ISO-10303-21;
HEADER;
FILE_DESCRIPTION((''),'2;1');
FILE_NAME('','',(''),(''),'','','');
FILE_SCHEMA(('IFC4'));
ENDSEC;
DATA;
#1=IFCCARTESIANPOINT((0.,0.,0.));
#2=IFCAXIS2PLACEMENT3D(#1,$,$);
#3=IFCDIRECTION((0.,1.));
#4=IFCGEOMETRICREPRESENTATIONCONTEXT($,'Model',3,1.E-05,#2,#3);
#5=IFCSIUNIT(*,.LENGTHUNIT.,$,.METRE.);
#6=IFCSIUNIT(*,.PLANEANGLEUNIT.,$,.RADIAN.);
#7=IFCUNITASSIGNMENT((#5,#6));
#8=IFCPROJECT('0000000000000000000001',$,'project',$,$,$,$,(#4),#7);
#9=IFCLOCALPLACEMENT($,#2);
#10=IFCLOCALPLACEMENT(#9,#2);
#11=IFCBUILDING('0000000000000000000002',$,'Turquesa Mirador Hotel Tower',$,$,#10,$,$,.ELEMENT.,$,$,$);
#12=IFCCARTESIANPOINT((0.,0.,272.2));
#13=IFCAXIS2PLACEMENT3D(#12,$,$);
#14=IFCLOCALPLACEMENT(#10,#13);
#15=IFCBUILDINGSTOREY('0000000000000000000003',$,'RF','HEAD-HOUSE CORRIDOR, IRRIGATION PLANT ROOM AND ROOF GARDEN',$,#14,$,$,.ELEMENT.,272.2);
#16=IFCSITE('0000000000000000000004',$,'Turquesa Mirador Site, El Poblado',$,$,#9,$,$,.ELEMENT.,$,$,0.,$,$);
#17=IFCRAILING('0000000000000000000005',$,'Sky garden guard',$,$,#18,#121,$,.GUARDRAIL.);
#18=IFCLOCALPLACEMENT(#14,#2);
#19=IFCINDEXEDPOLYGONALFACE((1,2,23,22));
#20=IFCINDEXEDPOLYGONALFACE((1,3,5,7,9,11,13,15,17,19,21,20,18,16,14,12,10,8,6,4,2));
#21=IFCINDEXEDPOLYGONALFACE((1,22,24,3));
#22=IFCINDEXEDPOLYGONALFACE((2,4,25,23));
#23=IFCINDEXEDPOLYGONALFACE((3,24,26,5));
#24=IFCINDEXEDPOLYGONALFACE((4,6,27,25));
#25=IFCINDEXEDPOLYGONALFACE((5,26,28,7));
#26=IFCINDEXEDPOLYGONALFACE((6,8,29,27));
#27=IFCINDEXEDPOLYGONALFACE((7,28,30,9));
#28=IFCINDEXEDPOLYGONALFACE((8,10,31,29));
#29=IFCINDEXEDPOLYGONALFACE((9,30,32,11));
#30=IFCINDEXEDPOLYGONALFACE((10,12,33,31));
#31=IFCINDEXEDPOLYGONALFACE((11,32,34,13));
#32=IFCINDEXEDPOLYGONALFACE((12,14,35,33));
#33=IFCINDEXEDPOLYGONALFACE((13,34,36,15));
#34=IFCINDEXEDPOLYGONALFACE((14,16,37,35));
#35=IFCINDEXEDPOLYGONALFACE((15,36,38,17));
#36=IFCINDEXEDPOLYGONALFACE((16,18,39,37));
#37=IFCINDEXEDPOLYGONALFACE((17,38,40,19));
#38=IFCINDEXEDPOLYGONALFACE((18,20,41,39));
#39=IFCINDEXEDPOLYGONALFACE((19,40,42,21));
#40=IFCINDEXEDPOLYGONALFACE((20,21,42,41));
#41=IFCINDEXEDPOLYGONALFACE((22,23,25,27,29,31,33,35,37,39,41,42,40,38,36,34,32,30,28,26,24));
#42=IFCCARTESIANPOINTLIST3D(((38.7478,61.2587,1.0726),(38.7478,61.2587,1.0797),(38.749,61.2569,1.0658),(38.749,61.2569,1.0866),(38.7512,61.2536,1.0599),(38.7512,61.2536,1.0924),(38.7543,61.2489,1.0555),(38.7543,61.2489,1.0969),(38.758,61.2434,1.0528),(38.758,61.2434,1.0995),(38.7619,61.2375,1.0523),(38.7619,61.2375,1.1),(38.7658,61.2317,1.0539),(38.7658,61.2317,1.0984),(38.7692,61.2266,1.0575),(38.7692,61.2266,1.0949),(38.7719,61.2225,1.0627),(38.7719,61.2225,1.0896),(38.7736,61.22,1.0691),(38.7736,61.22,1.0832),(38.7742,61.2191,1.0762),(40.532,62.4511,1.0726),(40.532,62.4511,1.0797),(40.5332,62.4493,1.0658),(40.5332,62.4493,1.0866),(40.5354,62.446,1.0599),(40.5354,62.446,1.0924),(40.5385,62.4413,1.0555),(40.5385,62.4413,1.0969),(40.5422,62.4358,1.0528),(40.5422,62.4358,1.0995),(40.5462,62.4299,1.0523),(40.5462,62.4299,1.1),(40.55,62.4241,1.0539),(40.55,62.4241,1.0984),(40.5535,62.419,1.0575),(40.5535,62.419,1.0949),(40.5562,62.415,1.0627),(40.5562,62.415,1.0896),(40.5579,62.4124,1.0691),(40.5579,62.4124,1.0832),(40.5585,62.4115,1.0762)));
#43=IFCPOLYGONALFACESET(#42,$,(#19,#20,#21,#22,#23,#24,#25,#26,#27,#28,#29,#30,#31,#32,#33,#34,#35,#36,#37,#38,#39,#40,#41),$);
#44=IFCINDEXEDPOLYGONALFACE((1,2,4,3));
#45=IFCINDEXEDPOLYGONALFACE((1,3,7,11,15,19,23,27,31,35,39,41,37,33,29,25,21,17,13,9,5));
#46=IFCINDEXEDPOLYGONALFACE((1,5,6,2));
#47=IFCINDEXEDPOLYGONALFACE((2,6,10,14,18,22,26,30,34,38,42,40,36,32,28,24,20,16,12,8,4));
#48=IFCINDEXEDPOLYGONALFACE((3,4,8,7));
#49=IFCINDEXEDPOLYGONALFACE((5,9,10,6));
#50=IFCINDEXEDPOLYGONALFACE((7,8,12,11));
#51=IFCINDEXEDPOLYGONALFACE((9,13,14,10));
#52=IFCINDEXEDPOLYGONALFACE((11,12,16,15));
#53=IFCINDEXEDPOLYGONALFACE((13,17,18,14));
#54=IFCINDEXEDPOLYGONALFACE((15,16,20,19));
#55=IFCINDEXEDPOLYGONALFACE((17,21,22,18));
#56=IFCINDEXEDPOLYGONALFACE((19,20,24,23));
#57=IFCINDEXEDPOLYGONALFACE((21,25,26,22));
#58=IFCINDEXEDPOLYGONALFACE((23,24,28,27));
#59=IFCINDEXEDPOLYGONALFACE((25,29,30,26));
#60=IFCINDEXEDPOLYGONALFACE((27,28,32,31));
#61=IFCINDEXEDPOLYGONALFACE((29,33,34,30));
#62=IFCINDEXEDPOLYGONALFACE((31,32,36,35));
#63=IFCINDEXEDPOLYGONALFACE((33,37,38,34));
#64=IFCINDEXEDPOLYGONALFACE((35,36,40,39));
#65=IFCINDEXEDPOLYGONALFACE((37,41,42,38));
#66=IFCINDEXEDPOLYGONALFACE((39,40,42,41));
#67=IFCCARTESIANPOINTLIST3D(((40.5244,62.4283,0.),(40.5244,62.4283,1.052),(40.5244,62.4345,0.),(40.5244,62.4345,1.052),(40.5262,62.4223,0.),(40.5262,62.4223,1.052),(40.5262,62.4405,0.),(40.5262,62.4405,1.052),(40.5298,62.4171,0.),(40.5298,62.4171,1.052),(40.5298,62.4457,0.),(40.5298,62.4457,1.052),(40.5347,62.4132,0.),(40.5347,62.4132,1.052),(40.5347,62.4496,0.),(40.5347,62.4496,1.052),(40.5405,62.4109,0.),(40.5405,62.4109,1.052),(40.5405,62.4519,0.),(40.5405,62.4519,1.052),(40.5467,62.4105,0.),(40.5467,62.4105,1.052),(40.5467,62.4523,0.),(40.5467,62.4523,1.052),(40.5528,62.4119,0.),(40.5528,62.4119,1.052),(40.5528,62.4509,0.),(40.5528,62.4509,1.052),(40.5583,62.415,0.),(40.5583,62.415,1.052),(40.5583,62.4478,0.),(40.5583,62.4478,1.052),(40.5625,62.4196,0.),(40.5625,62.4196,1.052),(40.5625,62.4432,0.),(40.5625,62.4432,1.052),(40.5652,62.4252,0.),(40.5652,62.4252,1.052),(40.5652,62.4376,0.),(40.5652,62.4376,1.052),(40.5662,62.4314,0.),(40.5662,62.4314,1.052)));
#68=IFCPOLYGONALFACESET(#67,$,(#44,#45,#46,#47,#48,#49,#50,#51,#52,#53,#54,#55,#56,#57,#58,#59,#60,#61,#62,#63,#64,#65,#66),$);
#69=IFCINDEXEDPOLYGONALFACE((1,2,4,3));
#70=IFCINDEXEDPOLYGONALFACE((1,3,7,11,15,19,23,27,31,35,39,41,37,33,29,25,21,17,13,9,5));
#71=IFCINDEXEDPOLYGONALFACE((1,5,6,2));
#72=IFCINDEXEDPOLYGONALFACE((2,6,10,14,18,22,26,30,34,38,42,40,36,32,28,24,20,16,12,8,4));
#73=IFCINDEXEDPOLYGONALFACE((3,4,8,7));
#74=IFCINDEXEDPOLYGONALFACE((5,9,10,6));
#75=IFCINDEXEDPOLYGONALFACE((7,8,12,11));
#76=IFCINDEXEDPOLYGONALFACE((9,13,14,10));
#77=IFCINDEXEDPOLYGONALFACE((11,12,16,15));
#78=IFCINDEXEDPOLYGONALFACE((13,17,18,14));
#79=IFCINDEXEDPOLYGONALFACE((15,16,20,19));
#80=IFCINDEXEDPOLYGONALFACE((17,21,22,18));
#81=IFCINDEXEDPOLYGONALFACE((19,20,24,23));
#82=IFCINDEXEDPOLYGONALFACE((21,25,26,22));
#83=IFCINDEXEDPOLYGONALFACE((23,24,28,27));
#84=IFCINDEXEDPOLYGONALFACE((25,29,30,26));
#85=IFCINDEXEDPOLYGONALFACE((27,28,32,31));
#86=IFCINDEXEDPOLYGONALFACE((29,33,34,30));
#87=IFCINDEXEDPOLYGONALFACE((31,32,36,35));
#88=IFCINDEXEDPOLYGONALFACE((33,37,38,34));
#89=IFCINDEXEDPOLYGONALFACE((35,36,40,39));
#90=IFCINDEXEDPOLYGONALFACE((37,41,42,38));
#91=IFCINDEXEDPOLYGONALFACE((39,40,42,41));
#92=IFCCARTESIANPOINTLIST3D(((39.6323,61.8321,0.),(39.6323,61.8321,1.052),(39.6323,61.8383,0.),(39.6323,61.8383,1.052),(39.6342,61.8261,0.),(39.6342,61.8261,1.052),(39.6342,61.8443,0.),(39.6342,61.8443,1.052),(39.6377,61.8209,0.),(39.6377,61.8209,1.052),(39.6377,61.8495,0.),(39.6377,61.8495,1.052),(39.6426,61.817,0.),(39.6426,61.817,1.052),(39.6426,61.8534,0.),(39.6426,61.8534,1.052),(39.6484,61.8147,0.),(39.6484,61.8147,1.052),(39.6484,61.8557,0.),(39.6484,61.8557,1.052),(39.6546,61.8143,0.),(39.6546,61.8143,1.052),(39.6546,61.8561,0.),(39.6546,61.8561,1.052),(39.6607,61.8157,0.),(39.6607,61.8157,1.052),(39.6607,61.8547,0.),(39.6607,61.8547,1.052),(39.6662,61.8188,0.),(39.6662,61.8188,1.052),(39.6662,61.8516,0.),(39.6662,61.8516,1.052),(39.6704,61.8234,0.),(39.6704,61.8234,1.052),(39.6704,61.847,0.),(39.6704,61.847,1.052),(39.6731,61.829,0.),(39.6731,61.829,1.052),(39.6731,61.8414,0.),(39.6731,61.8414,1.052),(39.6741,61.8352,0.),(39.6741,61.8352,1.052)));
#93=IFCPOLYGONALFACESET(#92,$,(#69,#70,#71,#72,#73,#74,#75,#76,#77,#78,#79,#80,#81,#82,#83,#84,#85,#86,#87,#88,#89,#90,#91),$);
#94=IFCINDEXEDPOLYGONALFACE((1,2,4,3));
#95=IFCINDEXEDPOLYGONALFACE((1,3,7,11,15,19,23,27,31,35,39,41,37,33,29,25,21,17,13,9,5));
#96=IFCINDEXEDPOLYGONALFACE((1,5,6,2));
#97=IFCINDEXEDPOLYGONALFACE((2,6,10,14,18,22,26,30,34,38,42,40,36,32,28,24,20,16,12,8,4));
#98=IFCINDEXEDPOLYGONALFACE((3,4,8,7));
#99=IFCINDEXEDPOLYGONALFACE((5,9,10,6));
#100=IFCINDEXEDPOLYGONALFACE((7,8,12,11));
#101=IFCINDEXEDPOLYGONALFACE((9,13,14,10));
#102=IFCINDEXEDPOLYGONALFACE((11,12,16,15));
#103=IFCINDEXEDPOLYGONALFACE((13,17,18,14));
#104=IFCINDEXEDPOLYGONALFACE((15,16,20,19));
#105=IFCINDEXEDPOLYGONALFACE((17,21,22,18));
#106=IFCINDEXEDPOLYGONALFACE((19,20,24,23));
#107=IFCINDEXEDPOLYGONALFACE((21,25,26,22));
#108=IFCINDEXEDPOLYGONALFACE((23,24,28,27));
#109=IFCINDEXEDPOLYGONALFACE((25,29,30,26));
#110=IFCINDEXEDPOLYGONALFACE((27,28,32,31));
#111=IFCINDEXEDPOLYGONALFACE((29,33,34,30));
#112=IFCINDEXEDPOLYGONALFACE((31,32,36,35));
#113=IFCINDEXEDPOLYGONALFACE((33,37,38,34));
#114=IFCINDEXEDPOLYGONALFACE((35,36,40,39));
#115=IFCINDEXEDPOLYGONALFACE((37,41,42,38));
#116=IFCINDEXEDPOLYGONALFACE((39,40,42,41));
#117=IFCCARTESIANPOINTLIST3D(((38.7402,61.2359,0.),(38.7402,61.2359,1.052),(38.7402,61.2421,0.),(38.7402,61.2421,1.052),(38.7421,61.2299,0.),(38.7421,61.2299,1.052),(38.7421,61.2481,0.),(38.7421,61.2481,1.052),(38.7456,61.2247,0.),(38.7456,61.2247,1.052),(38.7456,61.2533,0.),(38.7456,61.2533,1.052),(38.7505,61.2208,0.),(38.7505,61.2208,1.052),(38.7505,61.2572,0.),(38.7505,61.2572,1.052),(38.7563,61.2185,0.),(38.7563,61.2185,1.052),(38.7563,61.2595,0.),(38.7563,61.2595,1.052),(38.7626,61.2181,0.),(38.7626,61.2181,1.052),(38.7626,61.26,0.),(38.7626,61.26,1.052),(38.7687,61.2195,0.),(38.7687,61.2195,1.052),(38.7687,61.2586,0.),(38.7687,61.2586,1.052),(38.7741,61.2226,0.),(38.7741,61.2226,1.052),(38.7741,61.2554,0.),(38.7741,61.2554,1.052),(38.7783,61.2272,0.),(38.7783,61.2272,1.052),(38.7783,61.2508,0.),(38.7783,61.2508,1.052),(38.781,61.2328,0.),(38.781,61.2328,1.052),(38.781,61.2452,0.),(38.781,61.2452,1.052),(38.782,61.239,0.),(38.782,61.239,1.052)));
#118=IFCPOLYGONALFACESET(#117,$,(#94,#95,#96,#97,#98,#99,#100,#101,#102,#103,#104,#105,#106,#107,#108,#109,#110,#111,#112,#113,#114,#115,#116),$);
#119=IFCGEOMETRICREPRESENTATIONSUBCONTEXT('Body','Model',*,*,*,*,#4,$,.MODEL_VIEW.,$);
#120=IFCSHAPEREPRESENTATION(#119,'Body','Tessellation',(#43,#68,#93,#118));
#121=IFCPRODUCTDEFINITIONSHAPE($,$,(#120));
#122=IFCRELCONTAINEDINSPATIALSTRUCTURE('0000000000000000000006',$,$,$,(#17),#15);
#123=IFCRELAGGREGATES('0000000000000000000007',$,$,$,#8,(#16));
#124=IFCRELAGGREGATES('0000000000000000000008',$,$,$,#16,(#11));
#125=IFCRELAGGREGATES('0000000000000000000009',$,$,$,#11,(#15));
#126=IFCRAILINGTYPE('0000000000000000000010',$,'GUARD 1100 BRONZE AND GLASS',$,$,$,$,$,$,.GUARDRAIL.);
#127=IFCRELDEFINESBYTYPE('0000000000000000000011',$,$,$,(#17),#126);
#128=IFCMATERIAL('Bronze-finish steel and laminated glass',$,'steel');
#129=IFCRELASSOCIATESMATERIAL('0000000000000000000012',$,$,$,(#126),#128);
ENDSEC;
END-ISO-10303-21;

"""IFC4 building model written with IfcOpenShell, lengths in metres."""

from ifc_helpers import new_model, si_unit, direction, frame, origin, origin_2d, place, context, subcontext, project, spatial, circle, extrude, material, type_object, element, save


model = new_model("IFC4")

# Units and contexts
model_context = context("Model", 3, precision=1e-05, world=origin(), true_north=direction((0.0, 1.0)))
body_context = subcontext(model_context, "Body", "Model", "MODEL_VIEW")
ifc_project = project(units=[si_unit("LENGTHUNIT", "METRE"), si_unit("PLANEANGLEUNIT", "RADIAN")], contexts=[model_context])

# Site, building, storey
site_placement = place(None, origin())
site = spatial("IfcSite", under=ifc_project, at=site_placement, Name="Turquesa Mirador Site, El Poblado", CompositionType="ELEMENT", RefElevation=0.0)
building_placement = place(site_placement, origin())
building = spatial("IfcBuilding", under=site, at=building_placement, Name="Turquesa Mirador Hotel Tower", CompositionType="ELEMENT")
storey_placement = place(building_placement, frame((0.0, 0.0, 272.2)))
storey = spatial("IfcBuildingStorey", under=building, at=storey_placement, Name="RF", Description="HEAD-HOUSE CORRIDOR, IRRIGATION PLANT ROOM AND ROOF GARDEN", CompositionType="ELEMENT", Elevation=272.2)

# Railing
ifc_material_1 = material(Name="Bronze-finish steel and laminated glass", Category="steel")
railing_type = type_object("IfcRailingType", Name="GUARD 1100 BRONZE AND GLASS", PredefinedType="GUARDRAIL", material=ifc_material_1)
railing_1_placement = place(storey_placement, frame((40.5452, 62.4314, 0.0)))
element("IfcRailing", 1, at=railing_1_placement, inside=storey, type_object=railing_type, Name="Sky garden guard", PredefinedType="GUARDRAIL", context=body_context, shape_type="SweptSolid", body=[
    extrude(circle(Radius=0.0239, at=origin_2d()), frame((0.0, 0.0, 1.0762), z_axis=(-0.83142, -0.555645, 0.0), x_axis=(0.555645, -0.83142, 0.0)), (0.0, 0.0, 1.0), 2.146),
    extrude(circle(Radius=0.021, at=origin_2d()), origin(), (0.0, 0.0, 1.0), 1.052),
    extrude(circle(Radius=0.021, at=origin_2d()), frame((-0.8921, -0.5962, 0.0)), (0.0, 0.0, 1.0), 1.052),
    extrude(circle(Radius=0.021, at=origin_2d()), frame((-1.7842, -1.1924, 0.0)), (0.0, 0.0, 1.0), 1.052),
])

save(model, "model.ifc")
